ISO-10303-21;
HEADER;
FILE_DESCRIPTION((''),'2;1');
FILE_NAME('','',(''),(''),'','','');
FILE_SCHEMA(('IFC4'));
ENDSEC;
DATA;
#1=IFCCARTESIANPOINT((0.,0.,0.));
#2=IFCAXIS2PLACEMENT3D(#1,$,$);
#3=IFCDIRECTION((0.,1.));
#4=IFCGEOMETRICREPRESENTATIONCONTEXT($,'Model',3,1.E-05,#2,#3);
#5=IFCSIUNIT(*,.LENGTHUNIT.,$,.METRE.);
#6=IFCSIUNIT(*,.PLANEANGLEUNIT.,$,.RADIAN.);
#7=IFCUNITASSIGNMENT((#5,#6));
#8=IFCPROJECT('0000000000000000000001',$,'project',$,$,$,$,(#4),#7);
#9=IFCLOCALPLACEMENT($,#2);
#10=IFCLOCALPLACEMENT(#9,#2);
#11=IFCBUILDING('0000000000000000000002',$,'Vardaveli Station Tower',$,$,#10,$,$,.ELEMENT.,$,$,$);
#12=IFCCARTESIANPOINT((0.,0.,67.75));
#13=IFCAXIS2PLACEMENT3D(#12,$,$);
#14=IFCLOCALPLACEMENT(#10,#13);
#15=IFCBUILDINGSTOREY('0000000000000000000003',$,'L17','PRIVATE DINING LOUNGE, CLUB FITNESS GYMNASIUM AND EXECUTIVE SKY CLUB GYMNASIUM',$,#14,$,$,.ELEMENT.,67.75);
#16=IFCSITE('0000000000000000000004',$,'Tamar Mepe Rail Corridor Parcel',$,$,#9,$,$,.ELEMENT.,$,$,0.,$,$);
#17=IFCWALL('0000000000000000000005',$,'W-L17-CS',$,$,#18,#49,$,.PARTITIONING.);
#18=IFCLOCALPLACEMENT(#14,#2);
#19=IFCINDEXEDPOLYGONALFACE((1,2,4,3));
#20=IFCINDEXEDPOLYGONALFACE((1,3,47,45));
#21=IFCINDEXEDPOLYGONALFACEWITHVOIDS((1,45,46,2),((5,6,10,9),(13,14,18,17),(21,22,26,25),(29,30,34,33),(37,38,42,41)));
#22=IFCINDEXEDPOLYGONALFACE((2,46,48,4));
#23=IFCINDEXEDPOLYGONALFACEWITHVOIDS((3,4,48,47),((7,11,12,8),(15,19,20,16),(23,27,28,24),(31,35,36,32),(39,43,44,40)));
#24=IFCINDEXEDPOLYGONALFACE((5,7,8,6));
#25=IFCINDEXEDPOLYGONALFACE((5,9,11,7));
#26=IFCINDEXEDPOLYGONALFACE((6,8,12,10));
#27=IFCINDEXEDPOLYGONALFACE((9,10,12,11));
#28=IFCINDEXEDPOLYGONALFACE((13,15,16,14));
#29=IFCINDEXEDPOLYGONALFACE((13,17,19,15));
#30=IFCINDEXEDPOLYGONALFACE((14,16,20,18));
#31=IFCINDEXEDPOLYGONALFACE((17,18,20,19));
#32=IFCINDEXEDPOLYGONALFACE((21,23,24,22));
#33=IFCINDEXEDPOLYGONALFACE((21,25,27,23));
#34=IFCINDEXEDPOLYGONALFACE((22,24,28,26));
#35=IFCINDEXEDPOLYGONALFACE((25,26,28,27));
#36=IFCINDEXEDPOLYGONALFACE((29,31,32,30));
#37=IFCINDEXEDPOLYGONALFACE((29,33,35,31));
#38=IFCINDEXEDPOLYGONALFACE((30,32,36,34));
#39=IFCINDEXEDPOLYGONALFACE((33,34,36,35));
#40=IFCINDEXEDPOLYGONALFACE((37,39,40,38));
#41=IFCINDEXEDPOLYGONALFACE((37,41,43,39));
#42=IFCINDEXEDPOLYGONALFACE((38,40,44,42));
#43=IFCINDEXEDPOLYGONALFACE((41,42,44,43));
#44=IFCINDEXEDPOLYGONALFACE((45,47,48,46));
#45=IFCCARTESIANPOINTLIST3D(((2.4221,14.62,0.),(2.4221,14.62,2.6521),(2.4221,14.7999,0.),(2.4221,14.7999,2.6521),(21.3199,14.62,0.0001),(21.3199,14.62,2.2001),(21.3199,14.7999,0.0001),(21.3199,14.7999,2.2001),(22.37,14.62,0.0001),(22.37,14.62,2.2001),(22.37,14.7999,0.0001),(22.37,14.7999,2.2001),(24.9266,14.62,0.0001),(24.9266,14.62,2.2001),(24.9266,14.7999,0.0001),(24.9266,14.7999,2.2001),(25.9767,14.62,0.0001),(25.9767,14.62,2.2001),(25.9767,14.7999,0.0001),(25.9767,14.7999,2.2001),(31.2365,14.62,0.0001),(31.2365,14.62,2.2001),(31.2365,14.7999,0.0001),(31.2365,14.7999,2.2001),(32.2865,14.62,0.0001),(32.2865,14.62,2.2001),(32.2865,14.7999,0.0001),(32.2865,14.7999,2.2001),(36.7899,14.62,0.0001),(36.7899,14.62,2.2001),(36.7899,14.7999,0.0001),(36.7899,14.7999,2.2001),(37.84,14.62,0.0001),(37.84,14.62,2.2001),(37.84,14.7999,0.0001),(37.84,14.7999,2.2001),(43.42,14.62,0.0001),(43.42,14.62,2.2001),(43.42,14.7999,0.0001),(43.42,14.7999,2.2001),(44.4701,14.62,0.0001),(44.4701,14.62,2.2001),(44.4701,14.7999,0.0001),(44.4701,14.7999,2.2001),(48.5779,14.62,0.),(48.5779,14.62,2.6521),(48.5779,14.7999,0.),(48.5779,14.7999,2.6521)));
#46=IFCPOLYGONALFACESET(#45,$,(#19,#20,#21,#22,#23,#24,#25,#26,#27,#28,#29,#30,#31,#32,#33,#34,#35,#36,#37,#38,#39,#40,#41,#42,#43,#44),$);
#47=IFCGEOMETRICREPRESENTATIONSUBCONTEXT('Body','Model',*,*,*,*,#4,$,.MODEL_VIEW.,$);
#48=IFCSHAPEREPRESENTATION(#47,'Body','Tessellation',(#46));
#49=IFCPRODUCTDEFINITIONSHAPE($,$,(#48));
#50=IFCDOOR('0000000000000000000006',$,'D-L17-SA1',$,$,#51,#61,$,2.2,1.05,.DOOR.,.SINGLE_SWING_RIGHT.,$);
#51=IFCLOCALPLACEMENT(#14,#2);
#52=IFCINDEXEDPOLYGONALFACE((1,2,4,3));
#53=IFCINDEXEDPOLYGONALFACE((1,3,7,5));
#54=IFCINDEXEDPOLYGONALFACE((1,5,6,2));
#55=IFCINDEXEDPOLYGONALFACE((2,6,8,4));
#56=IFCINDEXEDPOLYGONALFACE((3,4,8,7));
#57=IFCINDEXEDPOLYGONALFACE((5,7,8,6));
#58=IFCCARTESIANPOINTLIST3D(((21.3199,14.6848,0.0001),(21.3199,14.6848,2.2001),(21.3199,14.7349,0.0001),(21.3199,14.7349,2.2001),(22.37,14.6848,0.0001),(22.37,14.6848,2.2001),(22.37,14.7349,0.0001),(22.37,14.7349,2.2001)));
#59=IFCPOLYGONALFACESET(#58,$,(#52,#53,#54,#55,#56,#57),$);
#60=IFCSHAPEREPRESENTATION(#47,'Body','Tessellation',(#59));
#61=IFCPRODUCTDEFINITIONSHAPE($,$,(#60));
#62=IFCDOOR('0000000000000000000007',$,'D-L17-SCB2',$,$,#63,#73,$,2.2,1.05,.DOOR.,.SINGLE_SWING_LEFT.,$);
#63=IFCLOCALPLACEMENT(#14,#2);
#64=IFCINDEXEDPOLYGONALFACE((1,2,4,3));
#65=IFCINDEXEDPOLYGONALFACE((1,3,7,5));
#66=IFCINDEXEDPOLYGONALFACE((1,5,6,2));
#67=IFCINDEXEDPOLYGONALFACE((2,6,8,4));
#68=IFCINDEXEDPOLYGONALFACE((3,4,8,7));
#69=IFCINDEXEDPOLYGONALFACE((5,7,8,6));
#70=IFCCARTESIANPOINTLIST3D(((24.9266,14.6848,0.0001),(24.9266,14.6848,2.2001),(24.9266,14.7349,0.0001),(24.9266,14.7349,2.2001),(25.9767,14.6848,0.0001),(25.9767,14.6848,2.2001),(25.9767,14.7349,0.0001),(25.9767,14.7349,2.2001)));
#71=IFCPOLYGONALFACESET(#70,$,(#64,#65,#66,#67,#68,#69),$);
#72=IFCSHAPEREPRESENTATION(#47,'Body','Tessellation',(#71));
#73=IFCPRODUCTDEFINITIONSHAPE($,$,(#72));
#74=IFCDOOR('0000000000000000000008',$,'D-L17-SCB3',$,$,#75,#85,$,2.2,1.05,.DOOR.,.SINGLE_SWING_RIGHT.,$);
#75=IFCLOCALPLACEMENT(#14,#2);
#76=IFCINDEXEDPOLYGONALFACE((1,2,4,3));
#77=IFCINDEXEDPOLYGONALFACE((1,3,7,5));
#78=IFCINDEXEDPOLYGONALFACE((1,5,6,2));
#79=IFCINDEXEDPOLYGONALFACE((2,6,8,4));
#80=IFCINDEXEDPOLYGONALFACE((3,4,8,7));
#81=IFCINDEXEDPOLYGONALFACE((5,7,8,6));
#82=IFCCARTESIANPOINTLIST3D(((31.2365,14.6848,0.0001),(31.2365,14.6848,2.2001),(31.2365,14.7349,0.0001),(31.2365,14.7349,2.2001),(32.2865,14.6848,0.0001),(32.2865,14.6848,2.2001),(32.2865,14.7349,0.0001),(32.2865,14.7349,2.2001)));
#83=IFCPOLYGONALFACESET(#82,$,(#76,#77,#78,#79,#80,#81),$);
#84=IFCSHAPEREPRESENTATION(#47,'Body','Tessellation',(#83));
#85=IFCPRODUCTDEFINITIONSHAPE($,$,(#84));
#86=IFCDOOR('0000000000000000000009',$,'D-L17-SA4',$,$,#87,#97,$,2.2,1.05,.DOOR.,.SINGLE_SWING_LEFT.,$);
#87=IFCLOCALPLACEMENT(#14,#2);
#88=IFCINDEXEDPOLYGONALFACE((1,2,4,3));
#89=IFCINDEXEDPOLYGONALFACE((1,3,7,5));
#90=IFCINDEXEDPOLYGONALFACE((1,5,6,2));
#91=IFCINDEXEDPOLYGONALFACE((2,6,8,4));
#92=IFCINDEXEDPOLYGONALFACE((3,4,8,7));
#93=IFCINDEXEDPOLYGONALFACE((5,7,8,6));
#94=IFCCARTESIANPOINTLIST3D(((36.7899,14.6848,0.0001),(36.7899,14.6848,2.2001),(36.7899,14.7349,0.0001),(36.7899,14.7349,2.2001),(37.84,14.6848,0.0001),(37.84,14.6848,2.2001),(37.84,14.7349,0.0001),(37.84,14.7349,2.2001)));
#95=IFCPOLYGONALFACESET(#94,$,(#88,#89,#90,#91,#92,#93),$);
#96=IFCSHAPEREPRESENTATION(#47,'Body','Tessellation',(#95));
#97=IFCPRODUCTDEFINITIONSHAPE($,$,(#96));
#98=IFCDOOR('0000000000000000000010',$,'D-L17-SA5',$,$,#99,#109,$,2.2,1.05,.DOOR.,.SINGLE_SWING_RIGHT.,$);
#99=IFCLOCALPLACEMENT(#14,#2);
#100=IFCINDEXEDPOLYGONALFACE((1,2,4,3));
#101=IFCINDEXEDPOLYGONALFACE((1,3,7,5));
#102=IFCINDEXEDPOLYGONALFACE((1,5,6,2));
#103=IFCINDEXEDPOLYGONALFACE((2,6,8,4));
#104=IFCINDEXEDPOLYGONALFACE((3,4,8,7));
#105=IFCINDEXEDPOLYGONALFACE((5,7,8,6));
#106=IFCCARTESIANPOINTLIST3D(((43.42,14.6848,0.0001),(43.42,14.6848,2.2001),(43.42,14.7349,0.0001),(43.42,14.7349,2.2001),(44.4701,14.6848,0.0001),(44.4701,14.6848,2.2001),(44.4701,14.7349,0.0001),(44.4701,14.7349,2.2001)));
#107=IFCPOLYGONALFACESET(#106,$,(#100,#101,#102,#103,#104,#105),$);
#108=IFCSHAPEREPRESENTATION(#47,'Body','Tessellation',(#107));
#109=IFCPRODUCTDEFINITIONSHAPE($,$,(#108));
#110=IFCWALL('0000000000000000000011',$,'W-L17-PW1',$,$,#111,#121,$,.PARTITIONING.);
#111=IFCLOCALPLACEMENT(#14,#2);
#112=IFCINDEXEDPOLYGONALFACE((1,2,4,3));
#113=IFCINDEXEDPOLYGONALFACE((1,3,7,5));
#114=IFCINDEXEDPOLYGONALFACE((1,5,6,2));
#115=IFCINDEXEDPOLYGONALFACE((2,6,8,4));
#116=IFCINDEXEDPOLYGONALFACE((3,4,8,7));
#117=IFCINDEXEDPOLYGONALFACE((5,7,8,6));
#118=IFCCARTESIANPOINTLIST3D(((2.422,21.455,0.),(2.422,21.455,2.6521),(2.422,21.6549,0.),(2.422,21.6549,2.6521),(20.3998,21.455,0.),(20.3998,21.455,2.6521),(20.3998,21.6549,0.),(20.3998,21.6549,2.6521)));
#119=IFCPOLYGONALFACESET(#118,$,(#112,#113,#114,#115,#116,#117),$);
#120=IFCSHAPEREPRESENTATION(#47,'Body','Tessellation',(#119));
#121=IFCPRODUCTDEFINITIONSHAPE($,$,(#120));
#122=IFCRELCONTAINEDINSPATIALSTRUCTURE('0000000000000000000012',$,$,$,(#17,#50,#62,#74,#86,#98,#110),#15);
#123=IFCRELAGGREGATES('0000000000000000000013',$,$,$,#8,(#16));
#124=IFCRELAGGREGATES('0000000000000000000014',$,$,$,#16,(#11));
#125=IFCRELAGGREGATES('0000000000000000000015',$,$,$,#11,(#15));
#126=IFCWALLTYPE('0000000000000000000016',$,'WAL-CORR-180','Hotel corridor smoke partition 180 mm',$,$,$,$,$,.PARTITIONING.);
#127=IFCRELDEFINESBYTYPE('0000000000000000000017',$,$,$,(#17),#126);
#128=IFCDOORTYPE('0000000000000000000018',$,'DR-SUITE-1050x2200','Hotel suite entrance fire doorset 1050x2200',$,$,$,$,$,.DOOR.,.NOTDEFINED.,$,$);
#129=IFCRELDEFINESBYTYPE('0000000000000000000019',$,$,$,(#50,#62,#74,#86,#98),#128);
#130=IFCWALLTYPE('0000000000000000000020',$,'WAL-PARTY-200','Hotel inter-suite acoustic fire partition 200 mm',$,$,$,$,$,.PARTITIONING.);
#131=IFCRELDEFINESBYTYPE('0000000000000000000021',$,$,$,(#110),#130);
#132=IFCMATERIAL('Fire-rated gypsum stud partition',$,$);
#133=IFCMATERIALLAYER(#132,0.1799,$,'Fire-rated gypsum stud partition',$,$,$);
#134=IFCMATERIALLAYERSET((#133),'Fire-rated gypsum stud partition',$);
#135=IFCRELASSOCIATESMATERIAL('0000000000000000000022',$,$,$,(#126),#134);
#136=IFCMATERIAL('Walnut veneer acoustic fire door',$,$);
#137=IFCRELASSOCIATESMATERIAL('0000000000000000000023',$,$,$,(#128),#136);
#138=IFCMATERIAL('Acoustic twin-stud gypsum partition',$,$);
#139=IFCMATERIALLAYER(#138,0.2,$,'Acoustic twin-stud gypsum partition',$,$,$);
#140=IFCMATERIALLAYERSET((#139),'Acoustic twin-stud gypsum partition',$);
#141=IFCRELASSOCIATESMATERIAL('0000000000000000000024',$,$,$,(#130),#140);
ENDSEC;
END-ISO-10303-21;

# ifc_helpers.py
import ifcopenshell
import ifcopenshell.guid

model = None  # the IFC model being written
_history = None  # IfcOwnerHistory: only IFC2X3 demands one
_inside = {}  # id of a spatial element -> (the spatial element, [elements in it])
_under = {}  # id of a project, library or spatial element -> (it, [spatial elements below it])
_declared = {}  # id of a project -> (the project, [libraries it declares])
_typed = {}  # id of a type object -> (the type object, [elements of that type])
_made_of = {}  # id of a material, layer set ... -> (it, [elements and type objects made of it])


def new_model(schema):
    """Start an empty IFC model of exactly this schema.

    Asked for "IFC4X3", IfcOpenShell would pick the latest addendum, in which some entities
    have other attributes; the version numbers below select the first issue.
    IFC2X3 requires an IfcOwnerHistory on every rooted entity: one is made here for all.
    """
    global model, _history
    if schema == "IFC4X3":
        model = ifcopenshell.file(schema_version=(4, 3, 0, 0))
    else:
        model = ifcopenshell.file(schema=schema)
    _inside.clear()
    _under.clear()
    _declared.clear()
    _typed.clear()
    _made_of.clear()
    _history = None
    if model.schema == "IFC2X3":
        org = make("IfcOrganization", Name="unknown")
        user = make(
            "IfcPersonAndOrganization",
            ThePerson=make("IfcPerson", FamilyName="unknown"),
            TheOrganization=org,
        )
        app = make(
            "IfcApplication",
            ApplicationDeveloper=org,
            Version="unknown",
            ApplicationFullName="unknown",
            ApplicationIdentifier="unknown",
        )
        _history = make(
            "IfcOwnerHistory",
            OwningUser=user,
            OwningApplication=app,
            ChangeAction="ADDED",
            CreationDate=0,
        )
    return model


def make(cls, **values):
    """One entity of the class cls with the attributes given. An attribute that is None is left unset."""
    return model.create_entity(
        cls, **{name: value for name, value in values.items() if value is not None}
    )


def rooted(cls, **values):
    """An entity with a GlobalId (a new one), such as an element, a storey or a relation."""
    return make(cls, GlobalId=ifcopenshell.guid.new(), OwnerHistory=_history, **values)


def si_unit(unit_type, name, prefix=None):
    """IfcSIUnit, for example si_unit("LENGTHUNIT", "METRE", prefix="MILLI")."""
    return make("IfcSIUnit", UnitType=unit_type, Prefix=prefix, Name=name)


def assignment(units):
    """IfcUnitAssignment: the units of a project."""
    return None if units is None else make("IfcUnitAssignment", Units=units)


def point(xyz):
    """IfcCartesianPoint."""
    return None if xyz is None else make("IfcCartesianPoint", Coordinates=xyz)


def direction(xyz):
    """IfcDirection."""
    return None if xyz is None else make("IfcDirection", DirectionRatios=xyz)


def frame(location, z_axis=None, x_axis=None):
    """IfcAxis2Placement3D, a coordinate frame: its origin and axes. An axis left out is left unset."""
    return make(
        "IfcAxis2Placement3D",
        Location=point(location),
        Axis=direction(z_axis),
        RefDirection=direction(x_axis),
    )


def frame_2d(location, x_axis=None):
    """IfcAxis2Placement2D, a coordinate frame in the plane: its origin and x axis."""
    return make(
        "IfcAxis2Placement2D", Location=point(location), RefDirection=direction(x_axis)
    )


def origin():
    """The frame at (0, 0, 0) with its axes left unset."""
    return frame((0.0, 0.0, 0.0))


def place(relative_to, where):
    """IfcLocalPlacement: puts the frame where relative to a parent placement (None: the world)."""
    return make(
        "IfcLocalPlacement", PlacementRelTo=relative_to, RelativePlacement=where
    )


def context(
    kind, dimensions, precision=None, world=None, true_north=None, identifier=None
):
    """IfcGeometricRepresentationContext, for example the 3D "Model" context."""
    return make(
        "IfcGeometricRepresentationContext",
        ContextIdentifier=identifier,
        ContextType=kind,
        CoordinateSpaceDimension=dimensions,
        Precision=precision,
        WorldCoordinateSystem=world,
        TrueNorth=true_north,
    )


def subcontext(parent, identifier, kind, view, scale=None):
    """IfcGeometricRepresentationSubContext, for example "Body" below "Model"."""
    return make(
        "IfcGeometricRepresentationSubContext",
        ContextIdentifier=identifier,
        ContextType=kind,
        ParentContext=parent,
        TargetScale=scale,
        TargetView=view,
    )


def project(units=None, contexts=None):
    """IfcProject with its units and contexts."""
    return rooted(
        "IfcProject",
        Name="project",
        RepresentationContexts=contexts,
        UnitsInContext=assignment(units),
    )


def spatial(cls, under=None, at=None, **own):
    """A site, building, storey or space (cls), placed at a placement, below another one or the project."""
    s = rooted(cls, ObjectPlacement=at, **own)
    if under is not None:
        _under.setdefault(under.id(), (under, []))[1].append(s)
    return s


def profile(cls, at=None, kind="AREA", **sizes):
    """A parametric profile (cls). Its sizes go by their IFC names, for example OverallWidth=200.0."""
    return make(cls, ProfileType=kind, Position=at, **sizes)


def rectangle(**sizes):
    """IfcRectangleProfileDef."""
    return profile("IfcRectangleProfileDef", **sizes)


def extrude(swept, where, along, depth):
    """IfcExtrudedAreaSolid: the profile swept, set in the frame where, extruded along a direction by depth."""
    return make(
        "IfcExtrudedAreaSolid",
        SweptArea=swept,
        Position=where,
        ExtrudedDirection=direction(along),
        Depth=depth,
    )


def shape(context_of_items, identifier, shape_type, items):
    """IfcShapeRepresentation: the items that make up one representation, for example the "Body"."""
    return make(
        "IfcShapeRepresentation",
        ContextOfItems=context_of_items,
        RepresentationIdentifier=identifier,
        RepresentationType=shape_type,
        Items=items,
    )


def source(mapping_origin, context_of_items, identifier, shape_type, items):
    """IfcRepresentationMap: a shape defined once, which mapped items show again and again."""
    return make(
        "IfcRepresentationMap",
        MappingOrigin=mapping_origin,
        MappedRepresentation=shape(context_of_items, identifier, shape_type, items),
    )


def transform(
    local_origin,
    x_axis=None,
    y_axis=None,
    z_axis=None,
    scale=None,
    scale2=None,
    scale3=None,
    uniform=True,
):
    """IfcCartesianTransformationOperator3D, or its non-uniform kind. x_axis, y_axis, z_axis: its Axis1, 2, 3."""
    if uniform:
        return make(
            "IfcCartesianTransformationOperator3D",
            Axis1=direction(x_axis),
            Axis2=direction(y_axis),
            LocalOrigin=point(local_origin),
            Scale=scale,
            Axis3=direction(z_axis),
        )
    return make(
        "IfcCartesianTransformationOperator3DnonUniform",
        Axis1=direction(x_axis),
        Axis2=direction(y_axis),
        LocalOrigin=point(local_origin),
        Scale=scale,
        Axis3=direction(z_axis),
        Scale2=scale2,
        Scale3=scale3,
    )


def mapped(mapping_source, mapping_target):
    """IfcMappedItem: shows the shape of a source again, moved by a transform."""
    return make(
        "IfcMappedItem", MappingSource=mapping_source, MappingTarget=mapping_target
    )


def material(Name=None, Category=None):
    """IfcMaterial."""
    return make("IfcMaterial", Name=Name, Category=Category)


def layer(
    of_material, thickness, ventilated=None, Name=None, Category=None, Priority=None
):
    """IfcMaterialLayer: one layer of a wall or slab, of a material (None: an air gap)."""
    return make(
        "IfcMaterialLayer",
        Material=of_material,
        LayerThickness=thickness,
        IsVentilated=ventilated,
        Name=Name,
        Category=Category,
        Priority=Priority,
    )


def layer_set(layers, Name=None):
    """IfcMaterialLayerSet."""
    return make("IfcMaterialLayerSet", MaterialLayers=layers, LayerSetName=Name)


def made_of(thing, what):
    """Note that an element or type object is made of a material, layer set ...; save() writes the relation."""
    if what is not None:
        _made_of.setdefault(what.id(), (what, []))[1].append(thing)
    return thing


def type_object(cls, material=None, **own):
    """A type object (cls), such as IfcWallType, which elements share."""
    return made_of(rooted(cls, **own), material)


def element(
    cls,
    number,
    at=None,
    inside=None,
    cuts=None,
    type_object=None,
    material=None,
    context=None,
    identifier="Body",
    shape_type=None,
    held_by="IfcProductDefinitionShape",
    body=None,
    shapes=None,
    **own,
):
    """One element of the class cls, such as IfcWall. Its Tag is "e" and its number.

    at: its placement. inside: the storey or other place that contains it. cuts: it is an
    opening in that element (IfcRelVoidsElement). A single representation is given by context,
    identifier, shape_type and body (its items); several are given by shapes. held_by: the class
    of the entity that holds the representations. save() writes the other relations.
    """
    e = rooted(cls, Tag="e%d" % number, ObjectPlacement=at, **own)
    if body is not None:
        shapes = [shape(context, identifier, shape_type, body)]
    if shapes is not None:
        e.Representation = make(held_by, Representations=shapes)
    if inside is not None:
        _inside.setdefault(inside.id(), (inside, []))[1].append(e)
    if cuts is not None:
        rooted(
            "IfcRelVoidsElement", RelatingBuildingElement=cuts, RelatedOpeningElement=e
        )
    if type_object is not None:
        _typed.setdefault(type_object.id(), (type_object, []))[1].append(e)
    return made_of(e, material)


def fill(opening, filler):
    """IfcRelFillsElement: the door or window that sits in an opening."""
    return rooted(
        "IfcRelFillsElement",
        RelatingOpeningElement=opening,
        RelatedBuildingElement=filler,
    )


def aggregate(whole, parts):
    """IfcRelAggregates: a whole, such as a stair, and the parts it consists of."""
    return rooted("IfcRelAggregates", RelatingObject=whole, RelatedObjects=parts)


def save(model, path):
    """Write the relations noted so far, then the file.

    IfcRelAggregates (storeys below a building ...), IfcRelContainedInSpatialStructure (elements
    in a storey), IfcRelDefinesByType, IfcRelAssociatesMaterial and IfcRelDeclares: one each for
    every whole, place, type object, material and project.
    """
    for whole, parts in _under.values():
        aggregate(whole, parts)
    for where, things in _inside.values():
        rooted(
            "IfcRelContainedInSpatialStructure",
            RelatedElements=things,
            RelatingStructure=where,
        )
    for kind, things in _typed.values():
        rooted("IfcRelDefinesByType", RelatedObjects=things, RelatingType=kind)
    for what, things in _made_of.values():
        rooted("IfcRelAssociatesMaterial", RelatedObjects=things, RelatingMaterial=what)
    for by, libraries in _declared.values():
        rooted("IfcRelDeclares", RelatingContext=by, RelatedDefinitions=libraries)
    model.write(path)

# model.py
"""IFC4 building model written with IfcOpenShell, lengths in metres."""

from ifc_helpers import new_model, si_unit, direction, frame, frame_2d, origin, place, context, subcontext, project, spatial, rectangle, extrude, source, transform, mapped, material, layer, layer_set, type_object, element, fill, save


model = new_model("IFC4")

# Units and contexts
model_context = context("Model", 3, precision=1e-05, world=origin(), true_north=direction((0.0, 1.0)))
body_context = subcontext(model_context, "Body", "Model", "MODEL_VIEW")
ifc_project = project(units=[si_unit("LENGTHUNIT", "METRE"), si_unit("PLANEANGLEUNIT", "RADIAN")], contexts=[model_context])

# Site, building, storey
site_placement = place(None, origin())
site = spatial("IfcSite", under=ifc_project, at=site_placement, Name="Tamar Mepe Rail Corridor Parcel", CompositionType="ELEMENT", RefElevation=0.0)
building_placement = place(site_placement, origin())
building = spatial("IfcBuilding", under=site, at=building_placement, Name="Vardaveli Station Tower", CompositionType="ELEMENT")
storey_placement = place(building_placement, frame((0.0, 0.0, 67.75)))
storey = spatial("IfcBuildingStorey", under=building, at=storey_placement, Name="L17", Description="PRIVATE DINING LOUNGE, CLUB FITNESS GYMNASIUM AND EXECUTIVE SKY CLUB GYMNASIUM", CompositionType="ELEMENT", Elevation=67.75)

# Wall, openings, doors
ifc_material_1 = material(Name="Fire-rated gypsum stud partition")
ifc_layer_1 = layer(ifc_material_1, 0.1799, Name="Fire-rated gypsum stud partition")
ifc_layer_set_1 = layer_set([ifc_layer_1], Name="Fire-rated gypsum stud partition")
wall_type_1 = type_object("IfcWallType", Name="WAL-CORR-180", Description="Hotel corridor smoke partition 180 mm", PredefinedType="PARTITIONING", material=ifc_layer_set_1)
shared_shape_1 = source(origin(), body_context, "Body", "SweptSolid", [
    extrude(rectangle(XDim=46.1558, YDim=0.1799, at=frame_2d((23.0779, 0.0))), origin(), (0.0, 0.0, 1.0), 2.6521),
])
wall_1_placement = place(storey_placement, frame((2.4221, 14.71, 0.0), z_axis=(0.0, 0.0, 1.0), x_axis=(1.0, 0.0, 0.0)))
wall_1 = element("IfcWall", 1, at=wall_1_placement, inside=storey, type_object=wall_type_1, Name="W-L17-CS", PredefinedType="PARTITIONING", context=body_context, shape_type="MappedRepresentation", body=[
    mapped(shared_shape_1, transform((0.0, 0.0, 0.0), scale=1.0)),
])
shared_shape_2 = source(origin(), body_context, "Body", "SweptSolid", [
    extrude(rectangle(XDim=1.05, YDim=2.2, at=frame_2d((0.5249, 1.1001))), frame((0.0, 0.1001, 0.0), z_axis=(0.0, -1.0, 0.0), x_axis=(1.0, 0.0, 0.0)), (0.0, 0.0, 1.0), 0.2),
])
opening_1_placement = place(wall_1_placement, frame((18.8979, 0.0, 0.0)))
opening_1 = element("IfcOpeningElement", 2, at=opening_1_placement, cuts=wall_1, PredefinedType="OPENING", context=body_context, shape_type="MappedRepresentation", body=[
    mapped(shared_shape_2, transform((0.0, 0.0, 0.0), scale=1.0)),
])
opening_2_placement = place(wall_1_placement, frame((22.5046, 0.0, 0.0)))
opening_2 = element("IfcOpeningElement", 3, at=opening_2_placement, cuts=wall_1, PredefinedType="OPENING", context=body_context, shape_type="MappedRepresentation", body=[
    mapped(shared_shape_2, transform((0.0, 0.0, 0.0), scale=1.0)),
])
opening_3_placement = place(wall_1_placement, frame((28.8145, 0.0, 0.0)))
opening_3 = element("IfcOpeningElement", 4, at=opening_3_placement, cuts=wall_1, PredefinedType="OPENING", context=body_context, shape_type="MappedRepresentation", body=[
    mapped(shared_shape_2, transform((0.0, 0.0, 0.0), scale=1.0)),
])
opening_4_placement = place(wall_1_placement, frame((34.3679, 0.0, 0.0)))
opening_4 = element("IfcOpeningElement", 5, at=opening_4_placement, cuts=wall_1, PredefinedType="OPENING", context=body_context, shape_type="MappedRepresentation", body=[
    mapped(shared_shape_2, transform((0.0, 0.0, 0.0), scale=1.0)),
])
opening_5_placement = place(wall_1_placement, frame((40.998, 0.0, 0.0)))
opening_5 = element("IfcOpeningElement", 6, at=opening_5_placement, cuts=wall_1, PredefinedType="OPENING", context=body_context, shape_type="MappedRepresentation", body=[
    mapped(shared_shape_2, transform((0.0, 0.0, 0.0), scale=1.0)),
])
ifc_material_2 = material(Name="Walnut veneer acoustic fire door")
door_type_1 = type_object("IfcDoorType", Name="DR-SUITE-1050x2200", Description="Hotel suite entrance fire doorset 1050x2200", OperationType="NOTDEFINED", PredefinedType="DOOR", material=ifc_material_2)
shared_shape_3 = source(origin(), body_context, "Body", "SweptSolid", [
    extrude(rectangle(XDim=1.05, YDim=2.2, at=frame_2d((0.5249, 1.1001))), frame((0.0, 0.0249, 0.0), z_axis=(0.0, -1.0, 0.0), x_axis=(1.0, 0.0, 0.0)), (0.0, 0.0, 1.0), 0.05),
])
door_1_placement = place(opening_1_placement, origin())
door_1 = element("IfcDoor", 7, at=door_1_placement, inside=storey, type_object=door_type_1, Name="D-L17-SA1", OperationType="SINGLE_SWING_RIGHT", OverallHeight=2.2, OverallWidth=1.05, PredefinedType="DOOR", context=body_context, shape_type="MappedRepresentation", body=[
    mapped(shared_shape_3, transform((0.0, 0.0, 0.0), scale=1.0)),
])
fill(opening_1, door_1)
door_2_placement = place(opening_2_placement, origin())
door_2 = element("IfcDoor", 8, at=door_2_placement, inside=storey, type_object=door_type_1, Name="D-L17-SCB2", OperationType="SINGLE_SWING_LEFT", OverallHeight=2.2, OverallWidth=1.05, PredefinedType="DOOR", context=body_context, shape_type="MappedRepresentation", body=[
    mapped(shared_shape_3, transform((0.0, 0.0, 0.0), scale=1.0)),
])
fill(opening_2, door_2)
door_3_placement = place(opening_3_placement, origin())
door_3 = element("IfcDoor", 9, at=door_3_placement, inside=storey, type_object=door_type_1, Name="D-L17-SCB3", OperationType="SINGLE_SWING_RIGHT", OverallHeight=2.2, OverallWidth=1.05, PredefinedType="DOOR", context=body_context, shape_type="MappedRepresentation", body=[
    mapped(shared_shape_3, transform((0.0, 0.0, 0.0), scale=1.0)),
])
fill(opening_3, door_3)
door_4_placement = place(opening_4_placement, origin())
door_4 = element("IfcDoor", 10, at=door_4_placement, inside=storey, type_object=door_type_1, Name="D-L17-SA4", OperationType="SINGLE_SWING_LEFT", OverallHeight=2.2, OverallWidth=1.05, PredefinedType="DOOR", context=body_context, shape_type="MappedRepresentation", body=[
    mapped(shared_shape_3, transform((0.0, 0.0, 0.0), scale=1.0)),
])
fill(opening_4, door_4)
door_5_placement = place(opening_5_placement, origin())
door_5 = element("IfcDoor", 11, at=door_5_placement, inside=storey, type_object=door_type_1, Name="D-L17-SA5", OperationType="SINGLE_SWING_RIGHT", OverallHeight=2.2, OverallWidth=1.05, PredefinedType="DOOR", context=body_context, shape_type="MappedRepresentation", body=[
    mapped(shared_shape_3, transform((0.0, 0.0, 0.0), scale=1.0)),
])
fill(opening_5, door_5)

# Wall
ifc_material_3 = material(Name="Acoustic twin-stud gypsum partition")
ifc_layer_2 = layer(ifc_material_3, 0.2, Name="Acoustic twin-stud gypsum partition")
ifc_layer_set_2 = layer_set([ifc_layer_2], Name="Acoustic twin-stud gypsum partition")
wall_type_2 = type_object("IfcWallType", Name="WAL-PARTY-200", Description="Hotel inter-suite acoustic fire partition 200 mm", PredefinedType="PARTITIONING", material=ifc_layer_set_2)
shared_shape_4 = source(origin(), body_context, "Body", "SweptSolid", [
    extrude(rectangle(XDim=17.9778, YDim=0.2, at=frame_2d((8.9888, 0.0))), origin(), (0.0, 0.0, 1.0), 2.6521),
])
wall_2_placement = place(storey_placement, frame((2.4221, 21.5549, 0.0), z_axis=(0.0, 0.0, 1.0), x_axis=(1.0, 0.0, 0.0)))
element("IfcWall", 12, at=wall_2_placement, inside=storey, type_object=wall_type_2, Name="W-L17-PW1", PredefinedType="PARTITIONING", context=body_context, shape_type="MappedRepresentation", body=[
    mapped(shared_shape_4, transform((0.0, 0.0, 0.0), scale=1.0)),
])

save(model, "model.ifc")
